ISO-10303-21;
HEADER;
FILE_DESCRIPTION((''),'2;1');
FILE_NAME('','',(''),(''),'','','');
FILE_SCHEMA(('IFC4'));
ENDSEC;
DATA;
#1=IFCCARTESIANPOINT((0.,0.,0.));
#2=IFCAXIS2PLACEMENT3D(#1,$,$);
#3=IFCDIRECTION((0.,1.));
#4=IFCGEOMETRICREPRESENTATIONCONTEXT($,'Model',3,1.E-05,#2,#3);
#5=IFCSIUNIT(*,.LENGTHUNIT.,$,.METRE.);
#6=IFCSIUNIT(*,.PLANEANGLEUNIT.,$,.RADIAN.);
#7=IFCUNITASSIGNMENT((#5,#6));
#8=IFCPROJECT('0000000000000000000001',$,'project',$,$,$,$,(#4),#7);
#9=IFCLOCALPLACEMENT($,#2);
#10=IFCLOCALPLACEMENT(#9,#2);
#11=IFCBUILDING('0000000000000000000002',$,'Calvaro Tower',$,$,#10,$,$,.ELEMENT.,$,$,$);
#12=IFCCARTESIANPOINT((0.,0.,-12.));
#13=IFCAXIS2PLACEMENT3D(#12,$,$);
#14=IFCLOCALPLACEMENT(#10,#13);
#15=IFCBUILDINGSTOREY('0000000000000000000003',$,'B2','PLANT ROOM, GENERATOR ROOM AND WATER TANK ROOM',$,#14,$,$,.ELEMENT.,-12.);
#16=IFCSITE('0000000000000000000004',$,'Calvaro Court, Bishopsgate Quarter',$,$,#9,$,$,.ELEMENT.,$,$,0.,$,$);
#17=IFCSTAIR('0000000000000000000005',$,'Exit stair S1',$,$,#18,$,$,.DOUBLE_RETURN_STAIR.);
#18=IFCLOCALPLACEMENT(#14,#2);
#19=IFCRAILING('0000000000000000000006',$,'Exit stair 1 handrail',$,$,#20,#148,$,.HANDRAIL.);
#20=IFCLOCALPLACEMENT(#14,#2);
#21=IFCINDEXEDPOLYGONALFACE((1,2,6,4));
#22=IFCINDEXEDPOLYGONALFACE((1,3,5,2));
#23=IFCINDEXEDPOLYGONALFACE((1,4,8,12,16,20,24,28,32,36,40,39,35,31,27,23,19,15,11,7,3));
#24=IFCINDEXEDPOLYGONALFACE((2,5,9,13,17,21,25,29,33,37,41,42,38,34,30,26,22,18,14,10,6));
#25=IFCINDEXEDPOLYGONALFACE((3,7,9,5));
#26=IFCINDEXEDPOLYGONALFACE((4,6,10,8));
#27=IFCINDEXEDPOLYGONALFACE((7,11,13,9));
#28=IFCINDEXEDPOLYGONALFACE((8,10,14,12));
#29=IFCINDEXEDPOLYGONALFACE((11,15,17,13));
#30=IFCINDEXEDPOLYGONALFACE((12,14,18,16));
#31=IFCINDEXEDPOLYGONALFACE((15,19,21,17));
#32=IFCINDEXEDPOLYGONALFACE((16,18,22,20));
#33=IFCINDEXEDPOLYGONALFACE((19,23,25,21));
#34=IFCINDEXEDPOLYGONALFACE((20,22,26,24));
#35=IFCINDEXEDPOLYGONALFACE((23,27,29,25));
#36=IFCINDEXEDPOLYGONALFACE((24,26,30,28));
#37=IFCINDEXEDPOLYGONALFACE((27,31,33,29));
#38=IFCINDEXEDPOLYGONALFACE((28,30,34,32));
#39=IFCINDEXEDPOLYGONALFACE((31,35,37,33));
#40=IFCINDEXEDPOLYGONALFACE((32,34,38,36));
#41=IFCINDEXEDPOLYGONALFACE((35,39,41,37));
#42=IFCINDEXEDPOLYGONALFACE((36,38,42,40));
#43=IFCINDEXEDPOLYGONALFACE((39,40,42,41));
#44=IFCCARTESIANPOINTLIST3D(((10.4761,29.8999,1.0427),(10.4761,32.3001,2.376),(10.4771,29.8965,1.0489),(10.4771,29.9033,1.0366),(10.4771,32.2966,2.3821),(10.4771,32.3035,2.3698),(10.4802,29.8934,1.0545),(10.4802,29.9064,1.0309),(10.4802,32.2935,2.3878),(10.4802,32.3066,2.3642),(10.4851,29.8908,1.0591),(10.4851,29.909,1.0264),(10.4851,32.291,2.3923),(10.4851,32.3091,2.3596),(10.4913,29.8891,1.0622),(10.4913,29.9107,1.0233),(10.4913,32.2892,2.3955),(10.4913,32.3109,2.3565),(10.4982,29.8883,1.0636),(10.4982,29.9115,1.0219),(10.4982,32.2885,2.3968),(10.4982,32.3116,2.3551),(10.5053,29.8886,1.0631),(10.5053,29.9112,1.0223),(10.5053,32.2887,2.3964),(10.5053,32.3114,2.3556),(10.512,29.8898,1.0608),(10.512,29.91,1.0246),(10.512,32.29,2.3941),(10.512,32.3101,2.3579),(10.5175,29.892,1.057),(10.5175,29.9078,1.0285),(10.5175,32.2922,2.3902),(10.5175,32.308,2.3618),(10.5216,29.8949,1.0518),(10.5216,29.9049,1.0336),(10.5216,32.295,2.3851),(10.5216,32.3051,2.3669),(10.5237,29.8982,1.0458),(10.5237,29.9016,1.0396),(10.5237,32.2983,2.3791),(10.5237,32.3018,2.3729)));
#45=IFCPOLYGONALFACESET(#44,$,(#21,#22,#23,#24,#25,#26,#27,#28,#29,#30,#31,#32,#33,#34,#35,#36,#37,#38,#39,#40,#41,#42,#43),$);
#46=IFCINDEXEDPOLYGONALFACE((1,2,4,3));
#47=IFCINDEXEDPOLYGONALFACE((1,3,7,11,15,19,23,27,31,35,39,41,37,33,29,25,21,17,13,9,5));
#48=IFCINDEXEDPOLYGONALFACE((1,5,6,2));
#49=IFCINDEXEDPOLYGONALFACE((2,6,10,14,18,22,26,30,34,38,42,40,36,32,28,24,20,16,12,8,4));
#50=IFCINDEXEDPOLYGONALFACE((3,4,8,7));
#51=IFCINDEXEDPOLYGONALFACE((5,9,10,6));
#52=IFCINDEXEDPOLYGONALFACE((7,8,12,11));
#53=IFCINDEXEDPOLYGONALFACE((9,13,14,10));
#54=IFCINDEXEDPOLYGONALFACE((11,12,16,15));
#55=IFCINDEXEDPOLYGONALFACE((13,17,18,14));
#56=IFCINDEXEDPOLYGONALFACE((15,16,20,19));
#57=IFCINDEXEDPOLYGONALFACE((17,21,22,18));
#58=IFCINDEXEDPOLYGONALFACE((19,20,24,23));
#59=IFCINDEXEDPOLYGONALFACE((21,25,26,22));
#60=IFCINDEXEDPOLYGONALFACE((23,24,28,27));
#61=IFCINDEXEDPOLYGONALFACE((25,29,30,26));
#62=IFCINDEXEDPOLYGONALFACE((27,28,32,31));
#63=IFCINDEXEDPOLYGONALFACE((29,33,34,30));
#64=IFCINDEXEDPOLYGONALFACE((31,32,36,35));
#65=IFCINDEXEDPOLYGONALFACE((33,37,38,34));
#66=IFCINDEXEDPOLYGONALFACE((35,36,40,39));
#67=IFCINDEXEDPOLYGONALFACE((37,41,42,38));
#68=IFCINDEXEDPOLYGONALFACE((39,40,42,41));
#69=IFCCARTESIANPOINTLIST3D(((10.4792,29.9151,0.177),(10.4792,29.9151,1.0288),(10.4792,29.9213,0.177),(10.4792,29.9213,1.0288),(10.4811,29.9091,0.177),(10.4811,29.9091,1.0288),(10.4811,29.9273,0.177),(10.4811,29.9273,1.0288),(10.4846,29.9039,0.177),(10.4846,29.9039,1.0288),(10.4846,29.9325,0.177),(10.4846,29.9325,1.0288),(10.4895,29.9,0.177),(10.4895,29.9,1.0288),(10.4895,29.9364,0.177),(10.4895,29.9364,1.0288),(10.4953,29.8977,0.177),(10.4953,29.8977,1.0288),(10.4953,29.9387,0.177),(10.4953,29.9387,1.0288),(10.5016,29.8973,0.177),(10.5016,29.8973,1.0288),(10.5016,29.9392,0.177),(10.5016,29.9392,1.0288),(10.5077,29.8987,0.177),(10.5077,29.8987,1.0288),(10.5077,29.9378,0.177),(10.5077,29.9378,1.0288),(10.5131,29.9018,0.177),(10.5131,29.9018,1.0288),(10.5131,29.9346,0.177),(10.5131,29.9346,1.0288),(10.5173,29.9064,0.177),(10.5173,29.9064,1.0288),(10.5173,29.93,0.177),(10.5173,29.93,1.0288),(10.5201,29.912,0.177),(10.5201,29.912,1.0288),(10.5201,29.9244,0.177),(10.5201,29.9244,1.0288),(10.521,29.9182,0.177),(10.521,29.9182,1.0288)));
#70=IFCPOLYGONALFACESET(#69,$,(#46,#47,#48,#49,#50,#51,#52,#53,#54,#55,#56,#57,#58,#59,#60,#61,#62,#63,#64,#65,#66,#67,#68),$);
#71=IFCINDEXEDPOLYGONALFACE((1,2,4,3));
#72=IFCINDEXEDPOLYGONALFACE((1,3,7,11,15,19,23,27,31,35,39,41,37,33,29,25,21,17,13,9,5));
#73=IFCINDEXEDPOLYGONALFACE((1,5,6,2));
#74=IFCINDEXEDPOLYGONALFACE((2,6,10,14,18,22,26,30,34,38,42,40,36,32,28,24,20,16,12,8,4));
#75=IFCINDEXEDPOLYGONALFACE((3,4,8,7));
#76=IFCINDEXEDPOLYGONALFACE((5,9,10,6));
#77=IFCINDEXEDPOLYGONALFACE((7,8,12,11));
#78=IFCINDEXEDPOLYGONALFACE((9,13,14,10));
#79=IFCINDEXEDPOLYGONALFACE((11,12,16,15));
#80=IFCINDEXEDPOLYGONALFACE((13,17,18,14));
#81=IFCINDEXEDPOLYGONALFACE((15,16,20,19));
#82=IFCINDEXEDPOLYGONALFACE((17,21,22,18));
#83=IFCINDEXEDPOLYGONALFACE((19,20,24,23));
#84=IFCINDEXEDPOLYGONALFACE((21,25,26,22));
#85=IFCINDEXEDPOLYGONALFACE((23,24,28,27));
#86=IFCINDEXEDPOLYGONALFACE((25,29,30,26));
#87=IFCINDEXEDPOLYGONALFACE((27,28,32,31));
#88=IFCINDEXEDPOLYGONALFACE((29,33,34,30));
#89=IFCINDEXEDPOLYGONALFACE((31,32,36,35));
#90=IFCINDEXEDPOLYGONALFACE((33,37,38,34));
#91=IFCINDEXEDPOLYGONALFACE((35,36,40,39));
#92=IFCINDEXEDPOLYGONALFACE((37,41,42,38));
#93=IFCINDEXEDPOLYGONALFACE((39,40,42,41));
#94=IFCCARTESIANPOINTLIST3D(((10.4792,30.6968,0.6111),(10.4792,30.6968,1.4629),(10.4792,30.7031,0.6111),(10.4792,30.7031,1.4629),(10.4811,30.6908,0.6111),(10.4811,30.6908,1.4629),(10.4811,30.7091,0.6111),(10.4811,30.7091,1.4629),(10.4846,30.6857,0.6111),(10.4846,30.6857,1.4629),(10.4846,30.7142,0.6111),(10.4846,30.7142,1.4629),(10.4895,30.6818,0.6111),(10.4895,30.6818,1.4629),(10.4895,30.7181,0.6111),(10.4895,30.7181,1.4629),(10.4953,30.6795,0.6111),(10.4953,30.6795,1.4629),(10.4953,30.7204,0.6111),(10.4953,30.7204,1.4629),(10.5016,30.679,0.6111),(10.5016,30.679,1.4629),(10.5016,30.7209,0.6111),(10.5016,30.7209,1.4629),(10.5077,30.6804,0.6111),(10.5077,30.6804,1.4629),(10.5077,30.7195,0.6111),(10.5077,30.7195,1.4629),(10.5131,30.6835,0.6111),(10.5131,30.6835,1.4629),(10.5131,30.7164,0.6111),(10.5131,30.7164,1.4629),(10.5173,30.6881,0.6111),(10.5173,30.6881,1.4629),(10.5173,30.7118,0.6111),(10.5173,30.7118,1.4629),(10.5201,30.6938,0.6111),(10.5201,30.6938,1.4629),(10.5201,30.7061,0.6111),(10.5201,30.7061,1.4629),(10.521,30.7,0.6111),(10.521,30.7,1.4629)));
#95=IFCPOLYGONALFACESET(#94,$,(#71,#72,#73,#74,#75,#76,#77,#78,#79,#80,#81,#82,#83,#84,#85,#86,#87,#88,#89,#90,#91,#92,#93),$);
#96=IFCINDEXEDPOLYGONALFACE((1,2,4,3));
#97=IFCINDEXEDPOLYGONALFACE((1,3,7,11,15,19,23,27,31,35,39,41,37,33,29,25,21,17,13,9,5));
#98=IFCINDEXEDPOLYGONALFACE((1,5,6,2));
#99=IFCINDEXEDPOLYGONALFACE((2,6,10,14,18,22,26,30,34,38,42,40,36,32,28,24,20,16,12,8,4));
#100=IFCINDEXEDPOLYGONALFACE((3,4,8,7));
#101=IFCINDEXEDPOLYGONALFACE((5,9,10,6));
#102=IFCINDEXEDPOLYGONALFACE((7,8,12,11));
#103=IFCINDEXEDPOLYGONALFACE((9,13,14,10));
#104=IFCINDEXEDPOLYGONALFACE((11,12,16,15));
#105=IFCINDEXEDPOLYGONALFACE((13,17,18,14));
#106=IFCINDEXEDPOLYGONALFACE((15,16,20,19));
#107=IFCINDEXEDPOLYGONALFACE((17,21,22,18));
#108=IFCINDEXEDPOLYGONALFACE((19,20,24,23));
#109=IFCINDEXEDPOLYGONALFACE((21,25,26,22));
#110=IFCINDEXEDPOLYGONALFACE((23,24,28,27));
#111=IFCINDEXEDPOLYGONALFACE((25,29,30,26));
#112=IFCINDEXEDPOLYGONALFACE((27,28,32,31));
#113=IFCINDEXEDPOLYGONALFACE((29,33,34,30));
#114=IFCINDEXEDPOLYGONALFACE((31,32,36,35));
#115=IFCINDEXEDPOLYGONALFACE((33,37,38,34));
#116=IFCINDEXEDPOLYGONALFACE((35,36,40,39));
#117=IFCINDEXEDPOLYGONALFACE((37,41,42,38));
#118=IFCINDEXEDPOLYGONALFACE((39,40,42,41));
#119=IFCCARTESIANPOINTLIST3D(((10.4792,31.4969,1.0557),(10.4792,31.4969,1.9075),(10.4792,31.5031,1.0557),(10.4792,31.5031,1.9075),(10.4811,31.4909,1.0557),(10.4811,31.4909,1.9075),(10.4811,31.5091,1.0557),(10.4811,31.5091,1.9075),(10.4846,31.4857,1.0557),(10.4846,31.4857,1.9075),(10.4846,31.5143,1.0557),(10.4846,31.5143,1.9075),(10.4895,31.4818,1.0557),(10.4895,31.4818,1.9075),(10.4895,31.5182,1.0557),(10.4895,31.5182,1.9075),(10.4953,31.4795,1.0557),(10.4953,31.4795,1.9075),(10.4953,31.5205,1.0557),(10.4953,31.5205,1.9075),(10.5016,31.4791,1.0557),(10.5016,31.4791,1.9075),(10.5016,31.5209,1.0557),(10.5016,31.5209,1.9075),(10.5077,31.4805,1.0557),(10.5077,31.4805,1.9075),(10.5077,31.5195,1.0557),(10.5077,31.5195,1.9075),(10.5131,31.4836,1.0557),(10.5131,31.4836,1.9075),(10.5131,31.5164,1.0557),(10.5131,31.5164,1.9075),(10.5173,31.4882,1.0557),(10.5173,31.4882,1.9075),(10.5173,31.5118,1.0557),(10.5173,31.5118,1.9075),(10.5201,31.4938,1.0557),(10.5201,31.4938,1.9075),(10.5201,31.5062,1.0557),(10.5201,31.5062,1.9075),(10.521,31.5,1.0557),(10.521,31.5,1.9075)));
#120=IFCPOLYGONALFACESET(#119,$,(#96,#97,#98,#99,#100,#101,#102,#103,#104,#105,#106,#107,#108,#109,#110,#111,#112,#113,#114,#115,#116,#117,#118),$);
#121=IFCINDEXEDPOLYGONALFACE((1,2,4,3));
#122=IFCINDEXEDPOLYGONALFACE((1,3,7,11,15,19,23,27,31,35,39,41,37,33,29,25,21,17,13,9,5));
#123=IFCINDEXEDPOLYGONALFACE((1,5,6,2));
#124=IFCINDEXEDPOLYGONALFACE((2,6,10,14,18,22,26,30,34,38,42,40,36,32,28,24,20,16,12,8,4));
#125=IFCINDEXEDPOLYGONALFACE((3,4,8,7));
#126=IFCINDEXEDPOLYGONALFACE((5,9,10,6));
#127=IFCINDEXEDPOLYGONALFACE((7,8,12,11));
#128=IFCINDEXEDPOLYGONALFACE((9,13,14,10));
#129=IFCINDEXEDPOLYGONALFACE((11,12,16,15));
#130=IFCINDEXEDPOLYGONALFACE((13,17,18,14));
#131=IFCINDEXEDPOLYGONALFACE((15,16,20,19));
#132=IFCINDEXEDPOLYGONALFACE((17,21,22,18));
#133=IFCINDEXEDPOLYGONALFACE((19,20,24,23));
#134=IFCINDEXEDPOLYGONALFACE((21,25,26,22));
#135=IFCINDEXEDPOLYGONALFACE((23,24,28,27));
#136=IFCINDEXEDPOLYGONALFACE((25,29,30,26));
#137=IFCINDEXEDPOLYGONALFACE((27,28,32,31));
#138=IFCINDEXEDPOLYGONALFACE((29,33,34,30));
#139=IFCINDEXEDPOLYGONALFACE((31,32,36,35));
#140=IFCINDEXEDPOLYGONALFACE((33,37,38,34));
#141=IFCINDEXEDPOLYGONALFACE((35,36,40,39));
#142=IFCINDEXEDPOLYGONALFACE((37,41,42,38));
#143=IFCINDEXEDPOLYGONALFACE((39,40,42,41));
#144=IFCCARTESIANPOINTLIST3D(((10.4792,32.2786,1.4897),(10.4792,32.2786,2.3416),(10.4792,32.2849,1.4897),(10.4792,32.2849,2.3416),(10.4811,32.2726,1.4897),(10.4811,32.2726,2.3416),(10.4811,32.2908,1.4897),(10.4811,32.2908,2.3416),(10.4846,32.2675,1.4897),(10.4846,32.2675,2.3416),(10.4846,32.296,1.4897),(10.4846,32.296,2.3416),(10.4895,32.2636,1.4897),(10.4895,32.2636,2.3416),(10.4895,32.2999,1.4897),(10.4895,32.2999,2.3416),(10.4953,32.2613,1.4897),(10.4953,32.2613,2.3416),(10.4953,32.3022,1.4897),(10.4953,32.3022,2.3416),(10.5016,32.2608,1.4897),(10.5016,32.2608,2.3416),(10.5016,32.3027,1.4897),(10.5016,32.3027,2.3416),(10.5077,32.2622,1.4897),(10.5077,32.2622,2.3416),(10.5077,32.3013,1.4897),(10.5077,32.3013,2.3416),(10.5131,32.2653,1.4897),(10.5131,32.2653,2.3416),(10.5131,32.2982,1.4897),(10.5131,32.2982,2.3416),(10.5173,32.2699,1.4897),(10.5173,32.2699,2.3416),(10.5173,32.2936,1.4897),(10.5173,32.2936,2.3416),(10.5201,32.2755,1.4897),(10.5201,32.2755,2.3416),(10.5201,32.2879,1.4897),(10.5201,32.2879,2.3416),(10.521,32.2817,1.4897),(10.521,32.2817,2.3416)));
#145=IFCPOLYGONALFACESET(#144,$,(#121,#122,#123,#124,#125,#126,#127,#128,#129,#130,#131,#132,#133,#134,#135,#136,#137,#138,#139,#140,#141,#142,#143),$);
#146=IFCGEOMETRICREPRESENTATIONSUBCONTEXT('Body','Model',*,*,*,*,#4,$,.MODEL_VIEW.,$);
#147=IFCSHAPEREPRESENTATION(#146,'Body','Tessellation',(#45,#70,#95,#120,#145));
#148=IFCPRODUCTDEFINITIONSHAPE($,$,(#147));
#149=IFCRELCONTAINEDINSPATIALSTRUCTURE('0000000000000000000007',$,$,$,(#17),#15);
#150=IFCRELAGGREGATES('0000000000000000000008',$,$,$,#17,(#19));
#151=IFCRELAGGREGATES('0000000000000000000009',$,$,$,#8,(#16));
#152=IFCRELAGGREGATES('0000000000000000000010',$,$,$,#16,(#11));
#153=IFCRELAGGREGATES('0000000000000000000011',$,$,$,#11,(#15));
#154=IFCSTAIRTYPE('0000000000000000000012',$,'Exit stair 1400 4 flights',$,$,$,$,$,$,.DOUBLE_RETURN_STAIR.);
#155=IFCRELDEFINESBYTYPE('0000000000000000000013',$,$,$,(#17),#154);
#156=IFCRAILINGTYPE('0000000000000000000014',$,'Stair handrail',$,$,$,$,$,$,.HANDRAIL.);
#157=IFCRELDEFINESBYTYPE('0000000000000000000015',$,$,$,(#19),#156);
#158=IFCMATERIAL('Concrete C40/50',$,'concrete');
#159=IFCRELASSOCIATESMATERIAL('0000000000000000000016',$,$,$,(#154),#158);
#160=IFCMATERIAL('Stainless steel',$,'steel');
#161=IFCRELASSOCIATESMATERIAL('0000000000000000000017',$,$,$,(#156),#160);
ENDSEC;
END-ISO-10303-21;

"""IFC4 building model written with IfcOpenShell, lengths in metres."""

from ifc_helpers import new_model, si_unit, direction, frame, origin, origin_2d, place, context, subcontext, project, spatial, circle, extrude, material, type_object, element, aggregate, save


model = new_model("IFC4")

# Units and contexts
model_context = context("Model", 3, precision=1e-05, world=origin(), true_north=direction((0.0, 1.0)))
body_context = subcontext(model_context, "Body", "Model", "MODEL_VIEW")
ifc_project = project(units=[si_unit("LENGTHUNIT", "METRE"), si_unit("PLANEANGLEUNIT", "RADIAN")], contexts=[model_context])

# Site, building, storey
site_placement = place(None, origin())
site = spatial("IfcSite", under=ifc_project, at=site_placement, Name="Calvaro Court, Bishopsgate Quarter", CompositionType="ELEMENT", RefElevation=0.0)
building_placement = place(site_placement, origin())
building = spatial("IfcBuilding", under=site, at=building_placement, Name="Calvaro Tower", CompositionType="ELEMENT")
storey_placement = place(building_placement, frame((0.0, 0.0, -12.0)))
storey = spatial("IfcBuildingStorey", under=building, at=storey_placement, Name="B2", Description="PLANT ROOM, GENERATOR ROOM AND WATER TANK ROOM", CompositionType="ELEMENT", Elevation=-12.0)

# Stair, railing
ifc_material_1 = material(Name="Concrete C40/50", Category="concrete")
stair_type = type_object("IfcStairType", Name="Exit stair 1400 4 flights", PredefinedType="DOUBLE_RETURN_STAIR", material=ifc_material_1)
stair_placement = place(storey_placement, origin())
stair = element("IfcStair", 1, at=stair_placement, inside=storey, type_object=stair_type, Name="Exit stair S1", PredefinedType="DOUBLE_RETURN_STAIR")
ifc_material_2 = material(Name="Stainless steel", Category="steel")
railing_type = type_object("IfcRailingType", Name="Stair handrail", PredefinedType="HANDRAIL", material=ifc_material_2)
railing_1_placement = place(storey_placement, frame((10.5, 29.8999, 0.1667)))
railing_1 = element("IfcRailing", 2, at=railing_1_placement, type_object=railing_type, Name="Exit stair 1 handrail", PredefinedType="HANDRAIL", context=body_context, shape_type="SweptSolid", body=[
    extrude(circle(Radius=0.0239, at=origin_2d()), frame((0.0, 0.0, 0.876), z_axis=(0.0, 0.874182, 0.485598), x_axis=(-1.0, 0.0, 0.0)), (0.0, 0.0, 1.0), 2.7456),
    extrude(circle(Radius=0.021, at=origin_2d()), frame((0.0, 0.0183, 0.0103)), (0.0, 0.0, 1.0), 0.8518),
    extrude(circle(Radius=0.021, at=origin_2d()), frame((0.0, 0.8, 0.4443)), (0.0, 0.0, 1.0), 0.8518),
    extrude(circle(Radius=0.021, at=origin_2d()), frame((0.0, 1.6001, 0.8889)), (0.0, 0.0, 1.0), 0.8518),
    extrude(circle(Radius=0.021, at=origin_2d()), frame((0.0, 2.3818, 1.323)), (0.0, 0.0, 1.0), 0.8518),
])
aggregate(stair, [railing_1])

save(model, "model.ifc")
